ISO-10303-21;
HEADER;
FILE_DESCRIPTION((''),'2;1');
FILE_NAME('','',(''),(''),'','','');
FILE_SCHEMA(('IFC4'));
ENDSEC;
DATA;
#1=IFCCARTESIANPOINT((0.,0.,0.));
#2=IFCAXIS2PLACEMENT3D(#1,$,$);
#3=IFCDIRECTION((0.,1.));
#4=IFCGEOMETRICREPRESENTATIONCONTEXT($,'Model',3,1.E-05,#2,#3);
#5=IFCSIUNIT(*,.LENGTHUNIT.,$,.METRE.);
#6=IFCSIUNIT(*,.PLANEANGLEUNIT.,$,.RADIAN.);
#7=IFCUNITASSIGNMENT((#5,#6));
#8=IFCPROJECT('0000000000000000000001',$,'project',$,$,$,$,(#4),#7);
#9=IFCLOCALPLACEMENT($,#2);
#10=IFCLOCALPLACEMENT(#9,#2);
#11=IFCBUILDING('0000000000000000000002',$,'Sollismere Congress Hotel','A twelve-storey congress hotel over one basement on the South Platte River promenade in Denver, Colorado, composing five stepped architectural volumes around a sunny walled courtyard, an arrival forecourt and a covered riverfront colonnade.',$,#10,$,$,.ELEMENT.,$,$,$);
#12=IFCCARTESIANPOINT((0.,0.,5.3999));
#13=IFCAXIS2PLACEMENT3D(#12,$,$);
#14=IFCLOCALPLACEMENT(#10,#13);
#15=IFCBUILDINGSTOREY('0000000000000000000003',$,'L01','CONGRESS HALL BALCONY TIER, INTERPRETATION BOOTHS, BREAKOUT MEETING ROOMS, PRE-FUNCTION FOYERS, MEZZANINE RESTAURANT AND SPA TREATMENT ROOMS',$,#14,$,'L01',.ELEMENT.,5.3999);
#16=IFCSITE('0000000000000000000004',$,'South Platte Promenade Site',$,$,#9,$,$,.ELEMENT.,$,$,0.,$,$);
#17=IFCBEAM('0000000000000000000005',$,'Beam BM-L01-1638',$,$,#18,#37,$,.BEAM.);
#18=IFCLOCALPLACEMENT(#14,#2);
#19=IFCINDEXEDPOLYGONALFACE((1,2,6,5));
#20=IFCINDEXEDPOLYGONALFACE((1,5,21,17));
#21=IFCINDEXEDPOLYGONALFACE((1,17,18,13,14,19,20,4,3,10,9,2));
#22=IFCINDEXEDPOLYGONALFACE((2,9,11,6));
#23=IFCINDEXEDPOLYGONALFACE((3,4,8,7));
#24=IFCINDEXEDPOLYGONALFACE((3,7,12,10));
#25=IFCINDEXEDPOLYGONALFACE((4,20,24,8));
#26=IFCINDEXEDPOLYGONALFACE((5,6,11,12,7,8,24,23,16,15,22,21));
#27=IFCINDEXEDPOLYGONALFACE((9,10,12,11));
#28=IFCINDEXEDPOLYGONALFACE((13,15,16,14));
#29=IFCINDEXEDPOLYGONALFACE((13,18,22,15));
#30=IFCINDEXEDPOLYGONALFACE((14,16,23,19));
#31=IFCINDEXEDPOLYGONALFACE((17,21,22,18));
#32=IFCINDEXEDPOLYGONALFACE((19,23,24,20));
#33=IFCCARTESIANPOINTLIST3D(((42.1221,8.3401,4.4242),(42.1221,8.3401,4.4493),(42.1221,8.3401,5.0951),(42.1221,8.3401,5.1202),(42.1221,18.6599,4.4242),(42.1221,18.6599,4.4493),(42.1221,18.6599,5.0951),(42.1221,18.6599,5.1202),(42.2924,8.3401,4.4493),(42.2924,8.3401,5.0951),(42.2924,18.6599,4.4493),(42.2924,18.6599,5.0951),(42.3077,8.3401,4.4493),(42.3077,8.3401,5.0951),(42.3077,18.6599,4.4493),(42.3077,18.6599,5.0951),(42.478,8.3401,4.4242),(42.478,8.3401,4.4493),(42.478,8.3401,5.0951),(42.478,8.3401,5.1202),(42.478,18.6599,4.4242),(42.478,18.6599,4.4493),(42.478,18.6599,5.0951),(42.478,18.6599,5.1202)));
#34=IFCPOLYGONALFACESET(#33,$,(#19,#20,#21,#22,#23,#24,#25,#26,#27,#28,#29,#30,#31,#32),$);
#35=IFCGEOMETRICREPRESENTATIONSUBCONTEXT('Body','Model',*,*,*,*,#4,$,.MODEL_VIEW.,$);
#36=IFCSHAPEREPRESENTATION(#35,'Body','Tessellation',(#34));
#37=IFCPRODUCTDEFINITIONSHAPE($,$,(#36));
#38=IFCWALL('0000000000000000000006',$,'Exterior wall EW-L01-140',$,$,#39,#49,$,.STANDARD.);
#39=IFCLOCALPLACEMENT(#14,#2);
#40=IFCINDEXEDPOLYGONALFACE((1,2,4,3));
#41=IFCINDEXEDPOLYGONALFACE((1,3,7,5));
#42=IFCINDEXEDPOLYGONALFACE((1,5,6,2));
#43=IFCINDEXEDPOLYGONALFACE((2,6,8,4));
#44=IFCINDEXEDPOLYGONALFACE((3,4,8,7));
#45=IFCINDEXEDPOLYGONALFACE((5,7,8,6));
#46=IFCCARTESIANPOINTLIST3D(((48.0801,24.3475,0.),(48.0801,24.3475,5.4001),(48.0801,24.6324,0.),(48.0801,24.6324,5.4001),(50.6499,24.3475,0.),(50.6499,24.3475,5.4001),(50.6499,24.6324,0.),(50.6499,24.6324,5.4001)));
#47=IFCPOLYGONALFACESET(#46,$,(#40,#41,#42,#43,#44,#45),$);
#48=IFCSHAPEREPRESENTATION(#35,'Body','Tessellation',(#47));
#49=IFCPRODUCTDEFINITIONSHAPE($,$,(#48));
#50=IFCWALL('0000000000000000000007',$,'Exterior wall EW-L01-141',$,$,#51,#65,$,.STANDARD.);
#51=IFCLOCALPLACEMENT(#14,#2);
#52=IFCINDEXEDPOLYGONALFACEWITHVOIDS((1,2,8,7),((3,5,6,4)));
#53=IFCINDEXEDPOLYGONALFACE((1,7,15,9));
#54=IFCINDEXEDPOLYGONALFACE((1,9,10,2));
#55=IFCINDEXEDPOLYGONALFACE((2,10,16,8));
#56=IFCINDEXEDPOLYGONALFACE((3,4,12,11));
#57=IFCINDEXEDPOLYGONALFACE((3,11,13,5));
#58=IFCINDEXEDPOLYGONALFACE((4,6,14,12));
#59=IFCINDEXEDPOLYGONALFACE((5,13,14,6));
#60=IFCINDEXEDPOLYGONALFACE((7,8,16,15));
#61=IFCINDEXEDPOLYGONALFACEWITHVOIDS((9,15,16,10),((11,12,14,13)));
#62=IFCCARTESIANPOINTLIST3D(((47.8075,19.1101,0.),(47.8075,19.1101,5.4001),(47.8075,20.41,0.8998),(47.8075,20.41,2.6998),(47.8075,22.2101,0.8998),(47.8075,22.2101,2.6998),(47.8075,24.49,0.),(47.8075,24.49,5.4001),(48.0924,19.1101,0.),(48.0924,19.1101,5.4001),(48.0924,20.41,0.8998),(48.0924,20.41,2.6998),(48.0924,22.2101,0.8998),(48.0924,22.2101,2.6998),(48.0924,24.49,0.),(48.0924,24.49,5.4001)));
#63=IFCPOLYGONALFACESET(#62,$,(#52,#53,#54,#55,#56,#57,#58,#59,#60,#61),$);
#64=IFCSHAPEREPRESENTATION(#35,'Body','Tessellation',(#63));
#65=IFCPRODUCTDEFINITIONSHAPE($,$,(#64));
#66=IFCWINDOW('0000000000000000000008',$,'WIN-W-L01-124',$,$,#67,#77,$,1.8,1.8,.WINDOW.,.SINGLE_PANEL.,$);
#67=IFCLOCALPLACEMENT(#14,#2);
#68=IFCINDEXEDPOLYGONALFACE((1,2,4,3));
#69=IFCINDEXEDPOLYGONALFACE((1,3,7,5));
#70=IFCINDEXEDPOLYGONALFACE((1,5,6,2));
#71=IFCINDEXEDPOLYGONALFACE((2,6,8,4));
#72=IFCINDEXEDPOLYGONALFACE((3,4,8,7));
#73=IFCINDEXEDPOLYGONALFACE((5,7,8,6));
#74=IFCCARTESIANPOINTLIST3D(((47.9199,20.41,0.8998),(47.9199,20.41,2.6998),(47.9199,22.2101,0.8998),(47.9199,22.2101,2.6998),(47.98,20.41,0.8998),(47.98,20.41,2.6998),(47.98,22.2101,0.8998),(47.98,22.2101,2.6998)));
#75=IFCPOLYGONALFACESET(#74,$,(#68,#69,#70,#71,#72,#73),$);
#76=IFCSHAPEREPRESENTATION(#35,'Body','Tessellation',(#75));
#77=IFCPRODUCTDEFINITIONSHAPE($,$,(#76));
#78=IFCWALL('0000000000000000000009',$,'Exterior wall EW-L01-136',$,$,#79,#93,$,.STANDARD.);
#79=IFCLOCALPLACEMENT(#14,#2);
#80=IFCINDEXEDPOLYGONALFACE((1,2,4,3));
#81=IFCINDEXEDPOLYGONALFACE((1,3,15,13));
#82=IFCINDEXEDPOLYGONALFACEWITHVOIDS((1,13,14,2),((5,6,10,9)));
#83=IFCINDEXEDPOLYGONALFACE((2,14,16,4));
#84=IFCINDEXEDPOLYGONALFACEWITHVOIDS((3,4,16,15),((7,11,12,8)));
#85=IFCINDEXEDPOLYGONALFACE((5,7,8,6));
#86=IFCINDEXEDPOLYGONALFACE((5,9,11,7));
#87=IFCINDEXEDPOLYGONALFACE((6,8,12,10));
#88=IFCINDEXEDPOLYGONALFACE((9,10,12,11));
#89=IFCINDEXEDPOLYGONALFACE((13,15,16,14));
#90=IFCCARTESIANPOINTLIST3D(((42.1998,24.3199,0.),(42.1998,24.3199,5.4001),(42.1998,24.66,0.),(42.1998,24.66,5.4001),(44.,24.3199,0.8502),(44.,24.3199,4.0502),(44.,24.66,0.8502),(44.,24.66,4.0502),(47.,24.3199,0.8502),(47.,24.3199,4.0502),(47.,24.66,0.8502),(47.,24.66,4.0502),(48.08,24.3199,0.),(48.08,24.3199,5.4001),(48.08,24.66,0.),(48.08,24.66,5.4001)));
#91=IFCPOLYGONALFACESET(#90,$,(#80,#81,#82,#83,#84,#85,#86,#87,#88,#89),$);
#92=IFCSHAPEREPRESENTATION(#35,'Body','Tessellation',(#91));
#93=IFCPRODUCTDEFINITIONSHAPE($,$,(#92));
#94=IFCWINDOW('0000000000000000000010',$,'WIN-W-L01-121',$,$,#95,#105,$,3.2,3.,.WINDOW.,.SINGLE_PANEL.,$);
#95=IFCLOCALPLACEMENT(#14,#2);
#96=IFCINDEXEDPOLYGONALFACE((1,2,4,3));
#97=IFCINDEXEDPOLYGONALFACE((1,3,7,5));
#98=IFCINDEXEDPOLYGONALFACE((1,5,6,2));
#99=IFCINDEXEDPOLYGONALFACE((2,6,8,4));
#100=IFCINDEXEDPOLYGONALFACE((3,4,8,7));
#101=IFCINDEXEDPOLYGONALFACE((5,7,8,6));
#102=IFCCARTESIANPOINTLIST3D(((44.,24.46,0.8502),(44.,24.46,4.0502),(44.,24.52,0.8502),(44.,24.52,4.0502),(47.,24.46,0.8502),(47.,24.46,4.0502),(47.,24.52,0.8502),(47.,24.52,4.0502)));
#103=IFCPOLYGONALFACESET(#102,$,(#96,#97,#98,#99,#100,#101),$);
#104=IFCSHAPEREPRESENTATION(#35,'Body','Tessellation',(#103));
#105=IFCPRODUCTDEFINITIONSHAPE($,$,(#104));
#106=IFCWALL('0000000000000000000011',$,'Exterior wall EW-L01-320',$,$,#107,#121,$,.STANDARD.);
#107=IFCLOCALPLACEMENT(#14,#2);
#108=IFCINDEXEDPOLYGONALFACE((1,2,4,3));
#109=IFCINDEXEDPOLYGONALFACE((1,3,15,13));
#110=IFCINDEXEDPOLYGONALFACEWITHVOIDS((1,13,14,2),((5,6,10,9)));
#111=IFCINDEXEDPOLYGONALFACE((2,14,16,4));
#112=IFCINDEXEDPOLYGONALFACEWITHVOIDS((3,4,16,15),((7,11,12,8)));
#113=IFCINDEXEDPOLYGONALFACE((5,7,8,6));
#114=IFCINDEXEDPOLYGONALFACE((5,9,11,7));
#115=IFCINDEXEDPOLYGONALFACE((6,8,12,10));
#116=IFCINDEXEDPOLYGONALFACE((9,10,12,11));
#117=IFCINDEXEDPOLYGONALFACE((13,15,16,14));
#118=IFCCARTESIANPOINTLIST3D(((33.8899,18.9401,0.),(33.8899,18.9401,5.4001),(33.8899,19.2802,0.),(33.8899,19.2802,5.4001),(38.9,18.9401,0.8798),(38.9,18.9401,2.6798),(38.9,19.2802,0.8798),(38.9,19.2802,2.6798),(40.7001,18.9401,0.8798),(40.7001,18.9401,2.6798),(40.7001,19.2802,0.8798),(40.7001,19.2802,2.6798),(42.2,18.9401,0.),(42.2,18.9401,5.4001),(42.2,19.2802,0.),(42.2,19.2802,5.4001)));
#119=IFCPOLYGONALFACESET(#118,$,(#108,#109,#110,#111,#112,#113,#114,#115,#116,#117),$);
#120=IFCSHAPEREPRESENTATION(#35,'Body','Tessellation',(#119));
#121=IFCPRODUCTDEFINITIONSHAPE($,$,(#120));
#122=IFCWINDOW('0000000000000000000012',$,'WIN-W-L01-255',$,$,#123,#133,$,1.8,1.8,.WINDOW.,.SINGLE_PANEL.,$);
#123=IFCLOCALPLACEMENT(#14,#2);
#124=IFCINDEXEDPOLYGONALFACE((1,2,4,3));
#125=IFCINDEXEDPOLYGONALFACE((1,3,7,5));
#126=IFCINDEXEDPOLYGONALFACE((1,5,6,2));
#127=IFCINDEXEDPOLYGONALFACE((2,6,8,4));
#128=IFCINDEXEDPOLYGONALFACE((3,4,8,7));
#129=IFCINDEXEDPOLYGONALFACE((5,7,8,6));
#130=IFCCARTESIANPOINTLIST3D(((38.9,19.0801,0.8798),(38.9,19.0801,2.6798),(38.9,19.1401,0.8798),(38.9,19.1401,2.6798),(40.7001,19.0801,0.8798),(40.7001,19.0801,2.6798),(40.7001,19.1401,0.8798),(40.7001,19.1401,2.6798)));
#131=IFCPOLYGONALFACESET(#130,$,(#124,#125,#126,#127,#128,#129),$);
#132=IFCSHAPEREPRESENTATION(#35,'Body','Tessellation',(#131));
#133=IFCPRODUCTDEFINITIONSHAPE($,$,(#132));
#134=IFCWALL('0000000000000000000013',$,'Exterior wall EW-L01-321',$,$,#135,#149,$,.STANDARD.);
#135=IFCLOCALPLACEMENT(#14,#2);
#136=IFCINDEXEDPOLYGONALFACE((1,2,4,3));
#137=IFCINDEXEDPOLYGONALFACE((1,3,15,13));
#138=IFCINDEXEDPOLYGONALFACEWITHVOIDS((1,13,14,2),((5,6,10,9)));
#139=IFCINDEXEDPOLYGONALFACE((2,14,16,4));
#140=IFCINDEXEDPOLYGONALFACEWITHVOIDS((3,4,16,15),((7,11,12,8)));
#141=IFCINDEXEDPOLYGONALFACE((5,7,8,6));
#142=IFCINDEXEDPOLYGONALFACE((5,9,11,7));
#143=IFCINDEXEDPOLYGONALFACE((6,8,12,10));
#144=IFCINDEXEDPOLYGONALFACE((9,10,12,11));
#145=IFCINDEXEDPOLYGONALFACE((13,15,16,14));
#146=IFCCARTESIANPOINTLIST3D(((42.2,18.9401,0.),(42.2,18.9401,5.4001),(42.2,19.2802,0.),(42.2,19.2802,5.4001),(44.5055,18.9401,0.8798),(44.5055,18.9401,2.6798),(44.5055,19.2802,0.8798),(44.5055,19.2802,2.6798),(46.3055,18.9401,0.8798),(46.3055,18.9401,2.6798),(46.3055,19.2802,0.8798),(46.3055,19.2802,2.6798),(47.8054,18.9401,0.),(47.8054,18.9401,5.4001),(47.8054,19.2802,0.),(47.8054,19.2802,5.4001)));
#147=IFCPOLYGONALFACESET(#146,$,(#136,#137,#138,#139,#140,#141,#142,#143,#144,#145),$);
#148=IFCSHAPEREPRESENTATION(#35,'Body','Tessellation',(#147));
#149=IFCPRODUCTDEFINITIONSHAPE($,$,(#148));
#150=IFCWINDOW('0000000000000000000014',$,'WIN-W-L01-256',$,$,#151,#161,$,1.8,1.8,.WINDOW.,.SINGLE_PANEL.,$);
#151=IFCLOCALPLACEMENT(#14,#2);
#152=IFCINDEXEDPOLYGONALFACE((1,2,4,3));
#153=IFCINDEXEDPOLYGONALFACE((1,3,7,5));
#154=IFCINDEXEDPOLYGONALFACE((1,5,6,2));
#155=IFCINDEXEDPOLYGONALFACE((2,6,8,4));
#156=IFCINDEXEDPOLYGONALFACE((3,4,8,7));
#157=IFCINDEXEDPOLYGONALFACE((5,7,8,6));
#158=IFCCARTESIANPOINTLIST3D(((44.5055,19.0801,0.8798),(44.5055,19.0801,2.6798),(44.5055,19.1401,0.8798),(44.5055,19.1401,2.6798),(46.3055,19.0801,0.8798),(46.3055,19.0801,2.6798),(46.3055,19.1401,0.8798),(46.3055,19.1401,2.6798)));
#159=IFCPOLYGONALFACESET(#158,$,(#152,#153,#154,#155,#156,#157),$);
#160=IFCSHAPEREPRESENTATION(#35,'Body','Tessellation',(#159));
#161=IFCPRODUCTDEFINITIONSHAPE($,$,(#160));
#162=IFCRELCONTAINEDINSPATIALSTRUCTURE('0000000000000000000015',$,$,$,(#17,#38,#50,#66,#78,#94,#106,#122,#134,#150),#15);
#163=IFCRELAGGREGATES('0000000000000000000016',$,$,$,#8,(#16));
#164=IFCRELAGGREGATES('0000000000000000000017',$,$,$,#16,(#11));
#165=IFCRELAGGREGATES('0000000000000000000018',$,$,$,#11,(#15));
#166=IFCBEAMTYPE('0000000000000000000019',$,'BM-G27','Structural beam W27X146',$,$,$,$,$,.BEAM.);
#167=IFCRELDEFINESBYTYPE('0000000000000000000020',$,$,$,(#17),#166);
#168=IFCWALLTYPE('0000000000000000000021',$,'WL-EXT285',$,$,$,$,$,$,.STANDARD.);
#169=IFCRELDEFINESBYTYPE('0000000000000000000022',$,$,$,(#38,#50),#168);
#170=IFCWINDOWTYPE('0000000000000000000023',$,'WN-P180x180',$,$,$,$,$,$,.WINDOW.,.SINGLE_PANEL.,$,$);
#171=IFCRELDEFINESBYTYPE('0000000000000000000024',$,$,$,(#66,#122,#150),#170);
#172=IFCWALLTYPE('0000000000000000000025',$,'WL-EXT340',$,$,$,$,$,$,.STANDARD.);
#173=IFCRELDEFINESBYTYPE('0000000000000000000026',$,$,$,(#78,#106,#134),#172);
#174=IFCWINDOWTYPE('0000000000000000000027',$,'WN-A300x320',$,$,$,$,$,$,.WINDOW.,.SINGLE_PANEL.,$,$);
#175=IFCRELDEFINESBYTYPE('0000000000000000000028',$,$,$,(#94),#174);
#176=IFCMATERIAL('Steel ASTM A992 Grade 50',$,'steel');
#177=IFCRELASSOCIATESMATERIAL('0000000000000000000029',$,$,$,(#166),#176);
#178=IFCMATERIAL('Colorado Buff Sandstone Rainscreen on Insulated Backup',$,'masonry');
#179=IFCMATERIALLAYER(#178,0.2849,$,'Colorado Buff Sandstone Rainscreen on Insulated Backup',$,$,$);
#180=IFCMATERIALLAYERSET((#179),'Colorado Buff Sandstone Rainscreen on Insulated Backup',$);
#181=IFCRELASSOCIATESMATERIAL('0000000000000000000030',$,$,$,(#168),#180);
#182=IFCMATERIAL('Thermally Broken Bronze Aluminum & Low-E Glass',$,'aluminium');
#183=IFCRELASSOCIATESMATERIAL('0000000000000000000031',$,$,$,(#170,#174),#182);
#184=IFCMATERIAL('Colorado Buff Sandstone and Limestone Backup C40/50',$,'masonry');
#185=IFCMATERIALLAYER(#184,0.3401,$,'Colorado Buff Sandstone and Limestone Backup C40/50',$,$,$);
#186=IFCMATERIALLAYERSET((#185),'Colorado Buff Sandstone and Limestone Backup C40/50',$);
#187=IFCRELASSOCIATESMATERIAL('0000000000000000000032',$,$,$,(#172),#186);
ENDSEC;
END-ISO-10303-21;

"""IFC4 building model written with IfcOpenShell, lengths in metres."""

from ifc_helpers import new_model, si_unit, direction, frame, frame_2d, origin, origin_2d, place, context, subcontext, project, spatial, rectangle, i_section, extrude, material, layer, layer_set, material_profile, profile_set, type_object, element, fill, save


model = new_model("IFC4")

# Units and contexts
model_context = context("Model", 3, precision=1e-05, world=origin(), true_north=direction((0.0, 1.0)))
body_context = subcontext(model_context, "Body", "Model", "MODEL_VIEW")
ifc_project = project(units=[si_unit("LENGTHUNIT", "METRE"), si_unit("PLANEANGLEUNIT", "RADIAN")], contexts=[model_context])

# Site, building, storey
site_placement = place(None, origin())
site = spatial("IfcSite", under=ifc_project, at=site_placement, Name="South Platte Promenade Site", CompositionType="ELEMENT", RefElevation=0.0)
building_placement = place(site_placement, origin())
building = spatial("IfcBuilding", under=site, at=building_placement, Name="Sollismere Congress Hotel", Description="A twelve-storey congress hotel over one basement on the South Platte River promenade in Denver, Colorado, composing five stepped architectural volumes around a sunny walled courtyard, an arrival forecourt and a covered riverfront colonnade.", CompositionType="ELEMENT")
storey_placement = place(building_placement, frame((0.0, 0.0, 5.3999)))
storey = spatial("IfcBuildingStorey", under=building, at=storey_placement, Name="L01", Description="CONGRESS HALL BALCONY TIER, INTERPRETATION BOOTHS, BREAKOUT MEETING ROOMS, PRE-FUNCTION FOYERS, MEZZANINE RESTAURANT AND SPA TREATMENT ROOMS", LongName="L01", CompositionType="ELEMENT", Elevation=5.3999)

# Shared definitions
ifc_material_1 = material(Name="Steel ASTM A992 Grade 50", Category="steel")

# Beam
ifc_material_profile_1 = material_profile(ifc_material_1, i_section(OverallWidth=0.356, OverallDepth=0.696, WebThickness=0.0154, FlangeThickness=0.0251, at=origin_2d()), Name="W27X146")
ifc_profile_set_1 = profile_set([ifc_material_profile_1], Name="Steel ASTM A992 Grade 50")
beam_type_1 = type_object("IfcBeamType", Name="BM-G27", Description="Structural beam W27X146", PredefinedType="BEAM", material=ifc_profile_set_1)
beam_1_placement = place(storey_placement, frame((42.3, 8.3401, 4.7722), z_axis=(0.0, 1.0, 0.0), x_axis=(-1.0, 0.0, 0.0)))
element("IfcBeam", 1, at=beam_1_placement, inside=storey, type_object=beam_type_1, Name="Beam BM-L01-1638", PredefinedType="BEAM", context=body_context, shape_type="SweptSolid", body=[
    extrude(i_section(OverallWidth=0.356, OverallDepth=0.696, WebThickness=0.0154, FlangeThickness=0.0251, at=origin_2d()), origin(), (0.0, 0.0, 1.0), 10.3198),
])

# Wall
ifc_material_2 = material(Name="Colorado Buff Sandstone Rainscreen on Insulated Backup", Category="masonry")
ifc_layer_1 = layer(ifc_material_2, 0.2849, Name="Colorado Buff Sandstone Rainscreen on Insulated Backup")
ifc_layer_set_1 = layer_set([ifc_layer_1], Name="Colorado Buff Sandstone Rainscreen on Insulated Backup")
wall_type_1 = type_object("IfcWallType", Name="WL-EXT285", PredefinedType="STANDARD", material=ifc_layer_set_1)
wall_1_placement = place(storey_placement, frame((48.0801, 24.49, 0.0), z_axis=(0.0, 0.0, 1.0), x_axis=(1.0, 0.0, 0.0)))
element("IfcWall", 2, at=wall_1_placement, inside=storey, type_object=wall_type_1, Name="Exterior wall EW-L01-140", PredefinedType="STANDARD", context=body_context, shape_type="SweptSolid", body=[
    extrude(rectangle(XDim=2.5698, YDim=0.2849, at=frame_2d((1.2849, 0.0))), origin(), (0.0, 0.0, 1.0), 5.4001),
])

# Walls, openings, windows
wall_2_placement = place(storey_placement, frame((47.95, 19.1101, 0.0), z_axis=(0.0, 0.0, 1.0), x_axis=(0.0, 1.0, 0.0)))
wall_2 = element("IfcWall", 3, at=wall_2_placement, inside=storey, type_object=wall_type_1, Name="Exterior wall EW-L01-141", PredefinedType="STANDARD", context=body_context, shape_type="SweptSolid", body=[
    extrude(rectangle(XDim=5.3799, YDim=0.2849, at=frame_2d((2.6899, 0.0))), origin(), (0.0, 0.0, 1.0), 5.4001),
])
opening_1_placement = place(wall_2_placement, frame((1.3, 0.0, 0.8999)))
opening_1 = element("IfcOpeningElement", 4, at=opening_1_placement, cuts=wall_2, PredefinedType="OPENING", context=body_context, shape_type="SweptSolid", body=[
    extrude(rectangle(XDim=1.8, YDim=1.8, at=frame_2d((0.8999, 0.8999))), frame((0.0, 0.1523, 0.0), z_axis=(0.0, -1.0, 0.0), x_axis=(1.0, 0.0, 0.0)), (0.0, 0.0, 1.0), 0.3049),
])
ifc_material_3 = material(Name="Thermally Broken Bronze Aluminum & Low-E Glass", Category="aluminium")
window_type_1 = type_object("IfcWindowType", Name="WN-P180x180", PartitioningType="SINGLE_PANEL", PredefinedType="WINDOW", material=ifc_material_3)
window_1_placement = place(opening_1_placement, origin())
window_1 = element("IfcWindow", 5, at=window_1_placement, inside=storey, type_object=window_type_1, Name="WIN-W-L01-124", OverallHeight=1.8, OverallWidth=1.8, PartitioningType="SINGLE_PANEL", PredefinedType="WINDOW", context=body_context, shape_type="SweptSolid", body=[
    extrude(rectangle(XDim=1.8, YDim=1.8, at=frame_2d((0.8999, 0.8999))), frame((0.0, 0.03, 0.0), z_axis=(0.0, -1.0, 0.0), x_axis=(1.0, 0.0, 0.0)), (0.0, 0.0, 1.0), 0.0601),
])
fill(opening_1, window_1)
ifc_material_4 = material(Name="Colorado Buff Sandstone and Limestone Backup C40/50", Category="masonry")
ifc_layer_2 = layer(ifc_material_4, 0.3401, Name="Colorado Buff Sandstone and Limestone Backup C40/50")
ifc_layer_set_2 = layer_set([ifc_layer_2], Name="Colorado Buff Sandstone and Limestone Backup C40/50")
wall_type_2 = type_object("IfcWallType", Name="WL-EXT340", PredefinedType="STANDARD", material=ifc_layer_set_2)
wall_3_placement = place(storey_placement, frame((42.2, 24.49, 0.0), z_axis=(0.0, 0.0, 1.0), x_axis=(1.0, 0.0, 0.0)))
wall_3 = element("IfcWall", 6, at=wall_3_placement, inside=storey, type_object=wall_type_2, Name="Exterior wall EW-L01-136", PredefinedType="STANDARD", context=body_context, shape_type="SweptSolid", body=[
    extrude(rectangle(XDim=5.8801, YDim=0.3401, at=frame_2d((2.9399, 0.0))), origin(), (0.0, 0.0, 1.0), 5.4001),
])
opening_2_placement = place(wall_3_placement, frame((1.8, 0.0, 0.8501)))
opening_2 = element("IfcOpeningElement", 7, at=opening_2_placement, cuts=wall_3, PredefinedType="OPENING", context=body_context, shape_type="SweptSolid", body=[
    extrude(rectangle(XDim=3.0, YDim=3.2, at=frame_2d((1.5, 1.6001))), frame((0.0, 0.1799, 0.0), z_axis=(0.0, -1.0, 0.0), x_axis=(1.0, 0.0, 0.0)), (0.0, 0.0, 1.0), 0.3601),
])
window_type_2 = type_object("IfcWindowType", Name="WN-A300x320", PartitioningType="SINGLE_PANEL", PredefinedType="WINDOW", material=ifc_material_3)
window_2_placement = place(opening_2_placement, origin())
window_2 = element("IfcWindow", 8, at=window_2_placement, inside=storey, type_object=window_type_2, Name="WIN-W-L01-121", OverallHeight=3.2, OverallWidth=3.0, PartitioningType="SINGLE_PANEL", PredefinedType="WINDOW", context=body_context, shape_type="SweptSolid", body=[
    extrude(rectangle(XDim=3.0, YDim=3.2, at=frame_2d((1.5, 1.6001))), frame((0.0, 0.03, 0.0), z_axis=(0.0, -1.0, 0.0), x_axis=(1.0, 0.0, 0.0)), (0.0, 0.0, 1.0), 0.0601),
])
fill(opening_2, window_2)
wall_4_placement = place(storey_placement, frame((42.2, 19.1101, 0.0), z_axis=(0.0, 0.0, 1.0), x_axis=(-1.0, 0.0, 0.0)))
wall_4 = element("IfcWall", 9, at=wall_4_placement, inside=storey, type_object=wall_type_2, Name="Exterior wall EW-L01-320", PredefinedType="STANDARD", context=body_context, shape_type="SweptSolid", body=[
    extrude(rectangle(XDim=8.3101, YDim=0.3401, at=frame_2d((4.155, 0.0))), origin(), (0.0, 0.0, 1.0), 5.4001),
])
opening_3_placement = place(wall_4_placement, frame((1.5, 0.0, 0.8799)))
opening_3 = element("IfcOpeningElement", 10, at=opening_3_placement, cuts=wall_4, PredefinedType="OPENING", context=body_context, shape_type="SweptSolid", body=[
    extrude(rectangle(XDim=1.8, YDim=1.8, at=frame_2d((0.8999, 0.8999))), frame((0.0, 0.1799, 0.0), z_axis=(0.0, -1.0, 0.0), x_axis=(1.0, 0.0, 0.0)), (0.0, 0.0, 1.0), 0.3601),
])
window_3_placement = place(opening_3_placement, origin())
window_3 = element("IfcWindow", 11, at=window_3_placement, inside=storey, type_object=window_type_1, Name="WIN-W-L01-255", OverallHeight=1.8, OverallWidth=1.8, PartitioningType="SINGLE_PANEL", PredefinedType="WINDOW", context=body_context, shape_type="SweptSolid", body=[
    extrude(rectangle(XDim=1.8, YDim=1.8, at=frame_2d((0.8999, 0.8999))), frame((0.0, 0.03, 0.0), z_axis=(0.0, -1.0, 0.0), x_axis=(1.0, 0.0, 0.0)), (0.0, 0.0, 1.0), 0.0601),
])
fill(opening_3, window_3)
wall_5_placement = place(storey_placement, frame((47.8054, 19.1101, 0.0), z_axis=(0.0, 0.0, 1.0), x_axis=(-1.0, 0.0, 0.0)))
wall_5 = element("IfcWall", 12, at=wall_5_placement, inside=storey, type_object=wall_type_2, Name="Exterior wall EW-L01-321", PredefinedType="STANDARD", context=body_context, shape_type="SweptSolid", body=[
    extrude(rectangle(XDim=5.6055, YDim=0.3401, at=frame_2d((2.8027, 0.0))), origin(), (0.0, 0.0, 1.0), 5.4001),
])
opening_4_placement = place(wall_5_placement, frame((1.5, 0.0, 0.8799)))
opening_4 = element("IfcOpeningElement", 13, at=opening_4_placement, cuts=wall_5, PredefinedType="OPENING", context=body_context, shape_type="SweptSolid", body=[
    extrude(rectangle(XDim=1.8, YDim=1.8, at=frame_2d((0.8999, 0.8999))), frame((0.0, 0.1799, 0.0), z_axis=(0.0, -1.0, 0.0), x_axis=(1.0, 0.0, 0.0)), (0.0, 0.0, 1.0), 0.3601),
])
window_4_placement = place(opening_4_placement, origin())
window_4 = element("IfcWindow", 14, at=window_4_placement, inside=storey, type_object=window_type_1, Name="WIN-W-L01-256", OverallHeight=1.8, OverallWidth=1.8, PartitioningType="SINGLE_PANEL", PredefinedType="WINDOW", context=body_context, shape_type="SweptSolid", body=[
    extrude(rectangle(XDim=1.8, YDim=1.8, at=frame_2d((0.8999, 0.8999))), frame((0.0, 0.03, 0.0), z_axis=(0.0, -1.0, 0.0), x_axis=(1.0, 0.0, 0.0)), (0.0, 0.0, 1.0), 0.0601),
])
fill(opening_4, window_4)

save(model, "model.ifc")
